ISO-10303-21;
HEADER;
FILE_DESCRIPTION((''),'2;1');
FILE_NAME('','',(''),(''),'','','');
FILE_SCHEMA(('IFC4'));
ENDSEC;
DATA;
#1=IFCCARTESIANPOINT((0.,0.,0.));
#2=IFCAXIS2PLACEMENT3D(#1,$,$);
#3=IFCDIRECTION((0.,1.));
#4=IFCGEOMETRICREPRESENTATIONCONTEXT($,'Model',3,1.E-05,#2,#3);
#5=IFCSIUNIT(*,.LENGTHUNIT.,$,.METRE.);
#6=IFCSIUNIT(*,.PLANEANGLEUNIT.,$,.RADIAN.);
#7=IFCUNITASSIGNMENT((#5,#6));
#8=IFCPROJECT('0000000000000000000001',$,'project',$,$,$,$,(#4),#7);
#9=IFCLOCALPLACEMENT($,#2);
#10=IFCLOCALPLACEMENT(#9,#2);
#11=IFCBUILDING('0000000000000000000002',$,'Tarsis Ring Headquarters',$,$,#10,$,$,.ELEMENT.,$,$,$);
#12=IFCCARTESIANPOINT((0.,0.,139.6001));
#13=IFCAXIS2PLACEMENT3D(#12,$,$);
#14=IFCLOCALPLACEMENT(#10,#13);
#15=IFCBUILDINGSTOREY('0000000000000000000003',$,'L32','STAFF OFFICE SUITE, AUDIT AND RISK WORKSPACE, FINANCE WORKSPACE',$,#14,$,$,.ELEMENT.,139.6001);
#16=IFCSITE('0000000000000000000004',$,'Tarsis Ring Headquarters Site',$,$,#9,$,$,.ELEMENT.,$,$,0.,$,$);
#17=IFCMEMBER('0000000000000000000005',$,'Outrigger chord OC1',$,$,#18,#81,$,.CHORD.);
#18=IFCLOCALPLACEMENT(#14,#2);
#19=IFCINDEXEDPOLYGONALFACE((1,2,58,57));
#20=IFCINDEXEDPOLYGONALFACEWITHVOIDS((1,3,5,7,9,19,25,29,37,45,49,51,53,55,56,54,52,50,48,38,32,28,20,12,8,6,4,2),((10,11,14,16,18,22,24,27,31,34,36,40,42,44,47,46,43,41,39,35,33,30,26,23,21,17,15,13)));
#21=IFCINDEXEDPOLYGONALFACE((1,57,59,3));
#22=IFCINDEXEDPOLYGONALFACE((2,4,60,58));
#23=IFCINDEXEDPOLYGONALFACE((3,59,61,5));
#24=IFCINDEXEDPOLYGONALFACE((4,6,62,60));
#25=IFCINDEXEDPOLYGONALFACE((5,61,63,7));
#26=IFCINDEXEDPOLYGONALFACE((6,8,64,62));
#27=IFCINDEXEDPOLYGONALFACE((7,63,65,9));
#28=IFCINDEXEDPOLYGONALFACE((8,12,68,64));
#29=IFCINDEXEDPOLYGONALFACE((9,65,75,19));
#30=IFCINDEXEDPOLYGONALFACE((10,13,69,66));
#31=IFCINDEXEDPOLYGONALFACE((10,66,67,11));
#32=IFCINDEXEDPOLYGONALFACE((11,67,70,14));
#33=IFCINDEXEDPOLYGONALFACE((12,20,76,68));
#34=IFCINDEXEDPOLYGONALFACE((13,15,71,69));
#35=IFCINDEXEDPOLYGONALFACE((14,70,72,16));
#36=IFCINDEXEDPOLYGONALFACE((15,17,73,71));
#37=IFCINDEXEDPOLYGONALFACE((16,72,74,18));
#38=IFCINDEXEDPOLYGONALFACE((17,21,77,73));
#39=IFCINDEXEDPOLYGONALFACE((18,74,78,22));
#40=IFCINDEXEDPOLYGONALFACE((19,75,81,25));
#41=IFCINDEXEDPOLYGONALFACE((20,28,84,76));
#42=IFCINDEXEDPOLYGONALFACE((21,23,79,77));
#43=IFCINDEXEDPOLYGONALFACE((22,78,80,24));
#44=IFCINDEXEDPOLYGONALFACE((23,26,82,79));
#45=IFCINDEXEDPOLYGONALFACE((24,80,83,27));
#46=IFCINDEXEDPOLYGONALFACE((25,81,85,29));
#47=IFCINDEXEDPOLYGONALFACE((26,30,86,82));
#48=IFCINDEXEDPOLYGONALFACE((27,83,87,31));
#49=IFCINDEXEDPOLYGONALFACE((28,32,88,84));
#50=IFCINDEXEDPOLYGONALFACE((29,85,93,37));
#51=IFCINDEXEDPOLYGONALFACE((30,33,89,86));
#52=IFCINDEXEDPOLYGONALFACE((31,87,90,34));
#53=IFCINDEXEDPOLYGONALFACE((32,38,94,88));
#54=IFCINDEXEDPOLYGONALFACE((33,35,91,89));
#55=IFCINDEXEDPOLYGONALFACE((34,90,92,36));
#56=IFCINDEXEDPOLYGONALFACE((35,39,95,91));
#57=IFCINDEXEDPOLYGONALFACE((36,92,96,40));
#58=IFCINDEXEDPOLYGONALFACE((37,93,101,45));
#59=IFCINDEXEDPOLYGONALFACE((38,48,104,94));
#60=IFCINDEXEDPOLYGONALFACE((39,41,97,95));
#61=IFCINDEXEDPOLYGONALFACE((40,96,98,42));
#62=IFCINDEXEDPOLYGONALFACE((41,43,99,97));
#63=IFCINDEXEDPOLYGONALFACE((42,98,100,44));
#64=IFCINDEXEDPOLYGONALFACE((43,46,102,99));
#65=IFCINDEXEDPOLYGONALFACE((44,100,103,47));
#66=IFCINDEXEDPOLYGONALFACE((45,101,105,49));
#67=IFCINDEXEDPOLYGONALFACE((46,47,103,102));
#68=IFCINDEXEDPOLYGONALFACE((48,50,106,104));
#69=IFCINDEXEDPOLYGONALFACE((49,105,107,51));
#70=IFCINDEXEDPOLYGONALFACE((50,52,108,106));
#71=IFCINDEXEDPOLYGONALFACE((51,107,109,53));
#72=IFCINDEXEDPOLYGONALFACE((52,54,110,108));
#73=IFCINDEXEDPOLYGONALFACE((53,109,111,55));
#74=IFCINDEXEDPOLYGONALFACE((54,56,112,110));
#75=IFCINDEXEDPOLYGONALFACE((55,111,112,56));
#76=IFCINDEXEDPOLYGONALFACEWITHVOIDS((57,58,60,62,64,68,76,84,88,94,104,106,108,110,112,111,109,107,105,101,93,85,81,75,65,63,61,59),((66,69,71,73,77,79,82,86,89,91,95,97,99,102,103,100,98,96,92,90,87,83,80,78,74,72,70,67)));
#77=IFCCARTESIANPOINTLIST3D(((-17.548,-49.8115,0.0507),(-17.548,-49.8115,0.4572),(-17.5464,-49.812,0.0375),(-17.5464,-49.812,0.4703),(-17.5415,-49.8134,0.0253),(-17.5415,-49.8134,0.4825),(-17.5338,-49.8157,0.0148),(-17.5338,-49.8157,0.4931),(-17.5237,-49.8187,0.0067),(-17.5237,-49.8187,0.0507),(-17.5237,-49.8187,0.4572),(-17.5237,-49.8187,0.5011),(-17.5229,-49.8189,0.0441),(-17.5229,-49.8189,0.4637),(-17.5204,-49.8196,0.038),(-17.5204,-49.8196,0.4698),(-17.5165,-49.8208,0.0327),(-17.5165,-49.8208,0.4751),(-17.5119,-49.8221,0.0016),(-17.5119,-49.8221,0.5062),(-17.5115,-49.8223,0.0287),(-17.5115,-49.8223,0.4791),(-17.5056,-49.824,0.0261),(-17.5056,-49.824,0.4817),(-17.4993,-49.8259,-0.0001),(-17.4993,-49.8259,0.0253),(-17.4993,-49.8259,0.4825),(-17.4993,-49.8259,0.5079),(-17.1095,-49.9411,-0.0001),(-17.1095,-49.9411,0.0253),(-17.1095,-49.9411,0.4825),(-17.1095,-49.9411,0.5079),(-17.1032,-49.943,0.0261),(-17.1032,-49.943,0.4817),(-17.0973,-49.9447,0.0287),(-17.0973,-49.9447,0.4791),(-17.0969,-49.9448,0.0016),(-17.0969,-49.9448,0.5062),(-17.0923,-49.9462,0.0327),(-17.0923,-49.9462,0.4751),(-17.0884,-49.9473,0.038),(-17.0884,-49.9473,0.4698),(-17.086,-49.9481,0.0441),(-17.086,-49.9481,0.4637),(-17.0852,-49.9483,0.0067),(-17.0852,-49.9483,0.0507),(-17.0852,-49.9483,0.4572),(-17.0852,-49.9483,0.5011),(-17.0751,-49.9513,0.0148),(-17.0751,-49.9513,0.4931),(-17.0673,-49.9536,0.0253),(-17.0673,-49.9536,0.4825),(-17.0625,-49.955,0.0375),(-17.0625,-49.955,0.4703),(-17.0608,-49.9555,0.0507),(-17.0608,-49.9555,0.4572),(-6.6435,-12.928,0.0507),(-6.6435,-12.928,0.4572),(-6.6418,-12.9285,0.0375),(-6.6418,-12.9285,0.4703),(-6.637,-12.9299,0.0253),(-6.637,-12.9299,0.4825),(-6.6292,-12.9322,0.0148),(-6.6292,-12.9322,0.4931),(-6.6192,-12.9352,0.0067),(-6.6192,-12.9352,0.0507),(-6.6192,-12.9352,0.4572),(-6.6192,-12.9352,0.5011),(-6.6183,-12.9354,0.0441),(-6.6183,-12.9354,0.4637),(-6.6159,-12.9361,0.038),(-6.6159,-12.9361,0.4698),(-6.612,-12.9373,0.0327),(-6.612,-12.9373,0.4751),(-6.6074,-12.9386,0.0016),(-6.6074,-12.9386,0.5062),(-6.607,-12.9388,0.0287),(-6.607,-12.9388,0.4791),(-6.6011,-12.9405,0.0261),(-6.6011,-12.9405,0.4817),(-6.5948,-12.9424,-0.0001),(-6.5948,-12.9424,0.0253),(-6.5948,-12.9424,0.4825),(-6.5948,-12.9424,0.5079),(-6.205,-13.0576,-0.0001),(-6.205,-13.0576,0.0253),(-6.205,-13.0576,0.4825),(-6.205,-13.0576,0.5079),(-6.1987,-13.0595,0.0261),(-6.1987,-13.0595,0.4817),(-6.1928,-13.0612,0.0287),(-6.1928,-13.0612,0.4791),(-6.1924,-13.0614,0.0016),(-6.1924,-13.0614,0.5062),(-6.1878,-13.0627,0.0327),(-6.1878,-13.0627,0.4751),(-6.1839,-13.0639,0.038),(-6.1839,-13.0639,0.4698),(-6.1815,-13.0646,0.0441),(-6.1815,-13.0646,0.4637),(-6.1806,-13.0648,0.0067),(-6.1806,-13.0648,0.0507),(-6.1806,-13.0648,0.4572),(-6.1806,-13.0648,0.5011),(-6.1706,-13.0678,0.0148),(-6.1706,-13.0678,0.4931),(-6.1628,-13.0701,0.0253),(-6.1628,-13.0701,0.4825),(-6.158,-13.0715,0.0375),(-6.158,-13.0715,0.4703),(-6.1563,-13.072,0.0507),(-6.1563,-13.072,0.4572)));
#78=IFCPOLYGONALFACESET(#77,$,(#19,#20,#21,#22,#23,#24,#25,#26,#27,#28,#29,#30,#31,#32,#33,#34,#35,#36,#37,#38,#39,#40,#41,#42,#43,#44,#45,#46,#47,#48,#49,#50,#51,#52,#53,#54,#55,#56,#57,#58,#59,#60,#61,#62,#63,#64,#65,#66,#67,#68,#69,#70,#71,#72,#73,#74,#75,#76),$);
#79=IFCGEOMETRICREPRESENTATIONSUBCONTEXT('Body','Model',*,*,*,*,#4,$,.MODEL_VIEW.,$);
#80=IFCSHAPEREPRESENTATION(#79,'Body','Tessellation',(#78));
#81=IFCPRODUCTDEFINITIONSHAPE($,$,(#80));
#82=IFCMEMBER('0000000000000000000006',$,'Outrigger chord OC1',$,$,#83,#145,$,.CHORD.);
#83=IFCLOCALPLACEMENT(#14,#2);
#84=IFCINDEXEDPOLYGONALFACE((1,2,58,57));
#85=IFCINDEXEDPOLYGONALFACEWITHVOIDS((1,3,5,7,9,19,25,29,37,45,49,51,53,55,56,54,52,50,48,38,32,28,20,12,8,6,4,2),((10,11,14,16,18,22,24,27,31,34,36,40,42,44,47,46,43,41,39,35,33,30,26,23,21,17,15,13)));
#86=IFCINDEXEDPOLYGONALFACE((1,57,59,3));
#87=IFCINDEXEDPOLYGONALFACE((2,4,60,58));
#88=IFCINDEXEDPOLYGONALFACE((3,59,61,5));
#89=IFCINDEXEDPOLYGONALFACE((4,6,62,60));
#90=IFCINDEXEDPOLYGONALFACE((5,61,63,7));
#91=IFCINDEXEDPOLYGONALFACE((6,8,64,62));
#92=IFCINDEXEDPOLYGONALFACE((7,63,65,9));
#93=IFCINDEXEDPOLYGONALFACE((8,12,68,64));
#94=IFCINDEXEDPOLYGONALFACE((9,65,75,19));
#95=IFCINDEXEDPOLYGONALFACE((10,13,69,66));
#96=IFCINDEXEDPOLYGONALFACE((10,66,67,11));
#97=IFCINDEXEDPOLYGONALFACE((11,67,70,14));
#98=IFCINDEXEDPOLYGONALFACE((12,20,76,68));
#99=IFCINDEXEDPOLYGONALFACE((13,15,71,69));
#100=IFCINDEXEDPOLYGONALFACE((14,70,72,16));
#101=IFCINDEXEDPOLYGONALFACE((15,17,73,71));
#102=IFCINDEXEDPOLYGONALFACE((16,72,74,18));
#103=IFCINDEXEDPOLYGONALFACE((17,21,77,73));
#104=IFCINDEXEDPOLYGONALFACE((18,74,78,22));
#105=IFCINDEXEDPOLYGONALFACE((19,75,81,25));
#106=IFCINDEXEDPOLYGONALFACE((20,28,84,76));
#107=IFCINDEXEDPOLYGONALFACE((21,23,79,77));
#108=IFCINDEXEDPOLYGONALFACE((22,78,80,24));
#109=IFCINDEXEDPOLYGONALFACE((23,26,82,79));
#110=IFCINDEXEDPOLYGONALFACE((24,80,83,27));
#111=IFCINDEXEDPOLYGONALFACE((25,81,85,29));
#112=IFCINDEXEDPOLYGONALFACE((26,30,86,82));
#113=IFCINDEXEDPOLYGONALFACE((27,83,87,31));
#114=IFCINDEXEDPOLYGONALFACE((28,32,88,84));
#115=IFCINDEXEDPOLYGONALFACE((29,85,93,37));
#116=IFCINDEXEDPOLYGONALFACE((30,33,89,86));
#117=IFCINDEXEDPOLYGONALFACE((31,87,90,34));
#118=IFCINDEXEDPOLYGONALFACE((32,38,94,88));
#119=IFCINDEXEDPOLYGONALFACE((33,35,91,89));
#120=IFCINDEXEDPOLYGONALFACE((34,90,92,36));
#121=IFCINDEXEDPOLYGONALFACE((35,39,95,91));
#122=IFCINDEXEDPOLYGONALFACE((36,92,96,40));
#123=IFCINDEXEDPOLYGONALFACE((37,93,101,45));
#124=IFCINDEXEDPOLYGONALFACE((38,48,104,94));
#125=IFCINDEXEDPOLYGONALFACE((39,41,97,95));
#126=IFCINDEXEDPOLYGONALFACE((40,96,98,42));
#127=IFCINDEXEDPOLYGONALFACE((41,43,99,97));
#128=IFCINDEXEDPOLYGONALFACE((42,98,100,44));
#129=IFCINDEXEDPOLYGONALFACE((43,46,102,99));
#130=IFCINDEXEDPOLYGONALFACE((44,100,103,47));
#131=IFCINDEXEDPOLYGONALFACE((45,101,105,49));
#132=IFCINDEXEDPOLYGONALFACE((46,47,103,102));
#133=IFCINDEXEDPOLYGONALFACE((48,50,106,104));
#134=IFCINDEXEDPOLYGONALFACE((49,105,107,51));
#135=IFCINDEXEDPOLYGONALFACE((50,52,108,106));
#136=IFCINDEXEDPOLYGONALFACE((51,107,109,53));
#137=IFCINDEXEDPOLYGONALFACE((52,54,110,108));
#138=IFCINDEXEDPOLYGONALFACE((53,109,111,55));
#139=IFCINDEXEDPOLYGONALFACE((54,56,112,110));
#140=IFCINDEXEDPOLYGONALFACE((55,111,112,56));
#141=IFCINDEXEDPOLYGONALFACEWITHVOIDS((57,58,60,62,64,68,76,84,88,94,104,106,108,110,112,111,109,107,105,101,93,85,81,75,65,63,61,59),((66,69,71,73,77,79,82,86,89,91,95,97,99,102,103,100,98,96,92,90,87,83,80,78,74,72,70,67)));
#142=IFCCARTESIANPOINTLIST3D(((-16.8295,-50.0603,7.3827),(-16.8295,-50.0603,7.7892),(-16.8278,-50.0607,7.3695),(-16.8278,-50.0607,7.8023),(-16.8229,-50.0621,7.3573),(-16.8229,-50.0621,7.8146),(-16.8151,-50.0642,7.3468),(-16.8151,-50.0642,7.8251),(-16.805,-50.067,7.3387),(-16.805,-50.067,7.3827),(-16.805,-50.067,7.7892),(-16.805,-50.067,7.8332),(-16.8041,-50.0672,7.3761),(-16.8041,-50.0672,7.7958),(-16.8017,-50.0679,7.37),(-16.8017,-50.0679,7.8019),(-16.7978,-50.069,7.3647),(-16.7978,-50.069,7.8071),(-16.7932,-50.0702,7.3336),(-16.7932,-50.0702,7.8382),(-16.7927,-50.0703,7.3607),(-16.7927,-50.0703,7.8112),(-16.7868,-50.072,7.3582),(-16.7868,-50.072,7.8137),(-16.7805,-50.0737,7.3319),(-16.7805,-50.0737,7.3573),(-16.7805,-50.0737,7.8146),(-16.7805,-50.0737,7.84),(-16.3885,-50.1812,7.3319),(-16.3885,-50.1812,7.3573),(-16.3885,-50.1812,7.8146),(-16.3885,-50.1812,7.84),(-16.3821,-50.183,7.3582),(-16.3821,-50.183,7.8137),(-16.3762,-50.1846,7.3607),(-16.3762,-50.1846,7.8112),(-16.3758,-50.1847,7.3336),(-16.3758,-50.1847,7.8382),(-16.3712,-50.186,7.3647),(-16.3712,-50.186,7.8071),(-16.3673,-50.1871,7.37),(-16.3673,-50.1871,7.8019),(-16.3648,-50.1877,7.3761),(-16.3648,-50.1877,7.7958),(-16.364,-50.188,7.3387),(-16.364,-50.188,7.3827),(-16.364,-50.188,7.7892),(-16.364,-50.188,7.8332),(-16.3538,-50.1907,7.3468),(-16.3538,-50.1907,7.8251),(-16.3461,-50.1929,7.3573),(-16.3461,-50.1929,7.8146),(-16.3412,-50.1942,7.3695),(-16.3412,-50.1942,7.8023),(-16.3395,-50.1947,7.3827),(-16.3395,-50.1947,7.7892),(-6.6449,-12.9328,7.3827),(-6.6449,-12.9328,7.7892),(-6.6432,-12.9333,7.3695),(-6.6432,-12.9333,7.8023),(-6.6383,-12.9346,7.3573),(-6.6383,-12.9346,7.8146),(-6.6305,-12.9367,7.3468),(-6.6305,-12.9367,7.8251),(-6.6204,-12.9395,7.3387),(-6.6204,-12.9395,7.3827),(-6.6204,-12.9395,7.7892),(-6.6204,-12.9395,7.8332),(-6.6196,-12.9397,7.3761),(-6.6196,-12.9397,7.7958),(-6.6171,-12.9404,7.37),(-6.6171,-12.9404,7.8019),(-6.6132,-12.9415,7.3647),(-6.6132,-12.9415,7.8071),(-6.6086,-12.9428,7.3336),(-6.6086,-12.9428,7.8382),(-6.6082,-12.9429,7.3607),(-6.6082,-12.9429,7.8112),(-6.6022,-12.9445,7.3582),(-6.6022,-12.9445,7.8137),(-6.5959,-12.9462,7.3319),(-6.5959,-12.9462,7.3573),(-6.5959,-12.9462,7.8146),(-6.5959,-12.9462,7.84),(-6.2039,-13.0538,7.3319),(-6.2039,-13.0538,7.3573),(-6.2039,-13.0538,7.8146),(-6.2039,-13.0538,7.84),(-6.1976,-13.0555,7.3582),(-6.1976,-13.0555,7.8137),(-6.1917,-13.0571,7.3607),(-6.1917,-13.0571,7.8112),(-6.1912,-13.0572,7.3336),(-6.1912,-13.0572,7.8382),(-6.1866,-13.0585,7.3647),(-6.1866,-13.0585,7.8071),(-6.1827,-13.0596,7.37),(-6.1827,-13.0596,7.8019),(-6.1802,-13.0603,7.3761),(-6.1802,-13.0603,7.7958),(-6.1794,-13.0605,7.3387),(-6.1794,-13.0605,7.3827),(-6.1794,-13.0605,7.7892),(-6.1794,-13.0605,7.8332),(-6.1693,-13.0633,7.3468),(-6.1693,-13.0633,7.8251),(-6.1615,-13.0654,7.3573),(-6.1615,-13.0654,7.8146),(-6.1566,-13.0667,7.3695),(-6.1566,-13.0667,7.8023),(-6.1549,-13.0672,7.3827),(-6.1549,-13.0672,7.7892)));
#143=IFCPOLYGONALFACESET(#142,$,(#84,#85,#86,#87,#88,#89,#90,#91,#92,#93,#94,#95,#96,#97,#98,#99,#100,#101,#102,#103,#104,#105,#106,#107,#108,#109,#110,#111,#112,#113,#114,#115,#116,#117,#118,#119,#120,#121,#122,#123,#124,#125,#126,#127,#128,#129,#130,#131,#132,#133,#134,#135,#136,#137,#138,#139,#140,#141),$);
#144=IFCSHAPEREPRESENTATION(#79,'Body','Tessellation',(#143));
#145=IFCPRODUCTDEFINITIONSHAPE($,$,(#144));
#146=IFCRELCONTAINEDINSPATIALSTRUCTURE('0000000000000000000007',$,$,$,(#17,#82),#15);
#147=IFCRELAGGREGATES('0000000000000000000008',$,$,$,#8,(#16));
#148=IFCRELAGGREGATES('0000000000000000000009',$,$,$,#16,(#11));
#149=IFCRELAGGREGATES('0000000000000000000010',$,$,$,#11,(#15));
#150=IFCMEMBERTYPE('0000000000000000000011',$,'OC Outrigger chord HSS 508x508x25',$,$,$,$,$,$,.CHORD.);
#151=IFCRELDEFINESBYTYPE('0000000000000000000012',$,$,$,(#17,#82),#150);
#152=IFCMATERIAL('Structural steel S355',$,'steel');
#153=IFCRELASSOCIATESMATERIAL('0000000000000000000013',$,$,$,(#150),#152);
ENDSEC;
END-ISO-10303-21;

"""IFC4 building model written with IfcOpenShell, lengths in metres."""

from ifc_helpers import new_model, si_unit, direction, frame, origin, origin_2d, place, context, subcontext, project, spatial, hollow_rectangle, extrude, material, material_profile, profile_set, type_object, element, save


model = new_model("IFC4")

# Units and contexts
model_context = context("Model", 3, precision=1e-05, world=origin(), true_north=direction((0.0, 1.0)))
body_context = subcontext(model_context, "Body", "Model", "MODEL_VIEW")
ifc_project = project(units=[si_unit("LENGTHUNIT", "METRE"), si_unit("PLANEANGLEUNIT", "RADIAN")], contexts=[model_context])

# Site, building, storey
site_placement = place(None, origin())
site = spatial("IfcSite", under=ifc_project, at=site_placement, Name="Tarsis Ring Headquarters Site", CompositionType="ELEMENT", RefElevation=0.0)
building_placement = place(site_placement, origin())
building = spatial("IfcBuilding", under=site, at=building_placement, Name="Tarsis Ring Headquarters", CompositionType="ELEMENT")
storey_placement = place(building_placement, frame((0.0, 0.0, 139.6001)))
storey = spatial("IfcBuildingStorey", under=building, at=storey_placement, Name="L32", Description="STAFF OFFICE SUITE, AUDIT AND RISK WORKSPACE, FINANCE WORKSPACE", CompositionType="ELEMENT", Elevation=139.6001)

# Members
ifc_material_1 = material(Name="Structural steel S355", Category="steel")
ifc_material_profile_1 = material_profile(ifc_material_1, hollow_rectangle(XDim=0.5081, YDim=0.5081, WallThickness=0.0254, InnerFilletRadius=0.0254, OuterFilletRadius=0.0508, at=origin_2d()), Name="HSS 508x508x25")
ifc_profile_set_1 = profile_set([ifc_material_profile_1], Name="Structural steel S355")
member_type_1 = type_object("IfcMemberType", Name="OC Outrigger chord HSS 508x508x25", PredefinedType="CHORD", material=ifc_profile_set_1)
member_1_placement = place(storey_placement, frame((-6.3999, -13.0, 0.2539), z_axis=(-0.283517, -0.958967, 0.0), x_axis=(0.958967, -0.283517, 0.0)))
element("IfcMember", 1, at=member_1_placement, inside=storey, type_object=member_type_1, Name="Outrigger chord OC1", PredefinedType="CHORD", context=body_context, shape_type="SweptSolid", body=[
    extrude(hollow_rectangle(XDim=0.5081, YDim=0.5081, WallThickness=0.0254, InnerFilletRadius=0.0254, OuterFilletRadius=0.0508, at=origin_2d()), origin(), (0.0, 0.0, 1.0), 38.4617),
])
member_2_placement = place(storey_placement, frame((-6.3999, -13.0, 7.5859), z_axis=(-0.264541, -0.964374, 0.0), x_axis=(0.964374, -0.264541, 0.0)))
element("IfcMember", 2, at=member_2_placement, inside=storey, type_object=member_type_1, Name="Outrigger chord OC1", PredefinedType="CHORD", context=body_context, shape_type="SweptSolid", body=[
    extrude(hollow_rectangle(XDim=0.5081, YDim=0.5081, WallThickness=0.0254, InnerFilletRadius=0.0254, OuterFilletRadius=0.0508, at=origin_2d()), origin(), (0.0, 0.0, 1.0), 38.499),
])

save(model, "model.ifc")
